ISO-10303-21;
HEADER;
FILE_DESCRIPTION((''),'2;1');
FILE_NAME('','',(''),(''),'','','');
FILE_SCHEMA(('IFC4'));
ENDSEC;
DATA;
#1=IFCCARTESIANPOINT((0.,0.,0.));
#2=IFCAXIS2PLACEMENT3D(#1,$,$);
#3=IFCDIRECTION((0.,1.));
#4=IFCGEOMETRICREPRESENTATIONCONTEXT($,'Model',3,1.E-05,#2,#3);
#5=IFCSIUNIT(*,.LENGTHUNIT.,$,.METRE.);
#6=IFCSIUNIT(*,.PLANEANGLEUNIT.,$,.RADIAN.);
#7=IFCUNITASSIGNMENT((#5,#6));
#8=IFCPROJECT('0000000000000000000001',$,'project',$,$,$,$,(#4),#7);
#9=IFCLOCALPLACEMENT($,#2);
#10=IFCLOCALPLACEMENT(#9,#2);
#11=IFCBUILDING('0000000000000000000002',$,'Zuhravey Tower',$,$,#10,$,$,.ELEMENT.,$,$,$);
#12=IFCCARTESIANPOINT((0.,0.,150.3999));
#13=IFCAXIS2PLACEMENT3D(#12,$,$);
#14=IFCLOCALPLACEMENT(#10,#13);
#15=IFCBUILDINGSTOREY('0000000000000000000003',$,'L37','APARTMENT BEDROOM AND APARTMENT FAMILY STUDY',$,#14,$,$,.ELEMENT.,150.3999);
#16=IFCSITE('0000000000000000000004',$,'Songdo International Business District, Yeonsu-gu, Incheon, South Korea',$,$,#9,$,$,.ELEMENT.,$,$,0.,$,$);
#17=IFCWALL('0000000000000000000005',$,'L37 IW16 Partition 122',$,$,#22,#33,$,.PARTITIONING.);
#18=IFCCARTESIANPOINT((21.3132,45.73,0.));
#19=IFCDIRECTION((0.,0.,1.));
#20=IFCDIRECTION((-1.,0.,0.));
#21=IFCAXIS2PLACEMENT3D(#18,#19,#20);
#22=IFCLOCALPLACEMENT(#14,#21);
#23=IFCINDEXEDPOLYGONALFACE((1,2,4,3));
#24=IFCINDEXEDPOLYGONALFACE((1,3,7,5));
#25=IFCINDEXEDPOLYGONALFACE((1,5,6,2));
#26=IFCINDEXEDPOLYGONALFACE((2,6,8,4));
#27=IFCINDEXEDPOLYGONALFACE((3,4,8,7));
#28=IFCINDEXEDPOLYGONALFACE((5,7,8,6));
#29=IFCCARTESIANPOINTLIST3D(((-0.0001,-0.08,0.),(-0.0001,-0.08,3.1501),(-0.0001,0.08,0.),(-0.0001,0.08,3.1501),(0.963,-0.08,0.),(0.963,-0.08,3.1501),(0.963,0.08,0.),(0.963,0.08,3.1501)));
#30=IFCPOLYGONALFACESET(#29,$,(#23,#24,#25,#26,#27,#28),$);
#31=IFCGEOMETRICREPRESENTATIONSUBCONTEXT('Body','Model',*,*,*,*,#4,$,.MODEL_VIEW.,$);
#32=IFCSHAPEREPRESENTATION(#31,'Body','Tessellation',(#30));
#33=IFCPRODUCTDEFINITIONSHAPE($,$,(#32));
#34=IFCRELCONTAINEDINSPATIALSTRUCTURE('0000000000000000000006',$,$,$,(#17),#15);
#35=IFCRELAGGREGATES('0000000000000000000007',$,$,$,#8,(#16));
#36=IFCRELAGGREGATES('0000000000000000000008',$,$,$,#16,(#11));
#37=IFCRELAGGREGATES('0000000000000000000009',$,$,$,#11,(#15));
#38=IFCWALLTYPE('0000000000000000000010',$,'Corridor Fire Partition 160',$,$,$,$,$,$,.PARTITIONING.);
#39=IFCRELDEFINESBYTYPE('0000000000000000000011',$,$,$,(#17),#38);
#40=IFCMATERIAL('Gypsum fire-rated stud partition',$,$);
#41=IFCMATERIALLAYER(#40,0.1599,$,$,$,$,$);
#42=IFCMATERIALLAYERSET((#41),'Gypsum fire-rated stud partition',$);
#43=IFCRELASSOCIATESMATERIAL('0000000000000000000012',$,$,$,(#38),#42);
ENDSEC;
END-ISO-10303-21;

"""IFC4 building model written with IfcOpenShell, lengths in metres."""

from ifc_helpers import new_model, si_unit, direction, frame, frame_2d, origin, place, context, subcontext, project, spatial, rectangle, extrude, material, layer, layer_set, type_object, element, save


model = new_model("IFC4")

# Units and contexts
model_context = context("Model", 3, precision=1e-05, world=origin(), true_north=direction((0.0, 1.0)))
body_context = subcontext(model_context, "Body", "Model", "MODEL_VIEW")
ifc_project = project(units=[si_unit("LENGTHUNIT", "METRE"), si_unit("PLANEANGLEUNIT", "RADIAN")], contexts=[model_context])

# Site, building, storey
site_placement = place(None, origin())
site = spatial("IfcSite", under=ifc_project, at=site_placement, Name="Songdo International Business District, Yeonsu-gu, Incheon, South Korea", CompositionType="ELEMENT", RefElevation=0.0)
building_placement = place(site_placement, origin())
building = spatial("IfcBuilding", under=site, at=building_placement, Name="Zuhravey Tower", CompositionType="ELEMENT")
storey_placement = place(building_placement, frame((0.0, 0.0, 150.3999)))
storey = spatial("IfcBuildingStorey", under=building, at=storey_placement, Name="L37", Description="APARTMENT BEDROOM AND APARTMENT FAMILY STUDY", CompositionType="ELEMENT", Elevation=150.3999)

# Wall
ifc_material_1 = material(Name="Gypsum fire-rated stud partition")
ifc_layer_1 = layer(ifc_material_1, 0.1599)
ifc_layer_set_1 = layer_set([ifc_layer_1], Name="Gypsum fire-rated stud partition")
wall_type_1 = type_object("IfcWallType", Name="Corridor Fire Partition 160", PredefinedType="PARTITIONING", material=ifc_layer_set_1)
wall_1_placement = place(storey_placement, frame((21.3132, 45.73, 0.0), z_axis=(0.0, 0.0, 1.0), x_axis=(-1.0, 0.0, 0.0)))
element("IfcWall", 1, at=wall_1_placement, inside=storey, type_object=wall_type_1, Name="L37 IW16 Partition 122", PredefinedType="PARTITIONING", context=body_context, shape_type="SweptSolid", body=[
    extrude(rectangle(XDim=0.9631, YDim=0.1599, at=frame_2d((0.4814, 0.0))), origin(), (0.0, 0.0, 1.0), 3.1501),
])

save(model, "model.ifc")
